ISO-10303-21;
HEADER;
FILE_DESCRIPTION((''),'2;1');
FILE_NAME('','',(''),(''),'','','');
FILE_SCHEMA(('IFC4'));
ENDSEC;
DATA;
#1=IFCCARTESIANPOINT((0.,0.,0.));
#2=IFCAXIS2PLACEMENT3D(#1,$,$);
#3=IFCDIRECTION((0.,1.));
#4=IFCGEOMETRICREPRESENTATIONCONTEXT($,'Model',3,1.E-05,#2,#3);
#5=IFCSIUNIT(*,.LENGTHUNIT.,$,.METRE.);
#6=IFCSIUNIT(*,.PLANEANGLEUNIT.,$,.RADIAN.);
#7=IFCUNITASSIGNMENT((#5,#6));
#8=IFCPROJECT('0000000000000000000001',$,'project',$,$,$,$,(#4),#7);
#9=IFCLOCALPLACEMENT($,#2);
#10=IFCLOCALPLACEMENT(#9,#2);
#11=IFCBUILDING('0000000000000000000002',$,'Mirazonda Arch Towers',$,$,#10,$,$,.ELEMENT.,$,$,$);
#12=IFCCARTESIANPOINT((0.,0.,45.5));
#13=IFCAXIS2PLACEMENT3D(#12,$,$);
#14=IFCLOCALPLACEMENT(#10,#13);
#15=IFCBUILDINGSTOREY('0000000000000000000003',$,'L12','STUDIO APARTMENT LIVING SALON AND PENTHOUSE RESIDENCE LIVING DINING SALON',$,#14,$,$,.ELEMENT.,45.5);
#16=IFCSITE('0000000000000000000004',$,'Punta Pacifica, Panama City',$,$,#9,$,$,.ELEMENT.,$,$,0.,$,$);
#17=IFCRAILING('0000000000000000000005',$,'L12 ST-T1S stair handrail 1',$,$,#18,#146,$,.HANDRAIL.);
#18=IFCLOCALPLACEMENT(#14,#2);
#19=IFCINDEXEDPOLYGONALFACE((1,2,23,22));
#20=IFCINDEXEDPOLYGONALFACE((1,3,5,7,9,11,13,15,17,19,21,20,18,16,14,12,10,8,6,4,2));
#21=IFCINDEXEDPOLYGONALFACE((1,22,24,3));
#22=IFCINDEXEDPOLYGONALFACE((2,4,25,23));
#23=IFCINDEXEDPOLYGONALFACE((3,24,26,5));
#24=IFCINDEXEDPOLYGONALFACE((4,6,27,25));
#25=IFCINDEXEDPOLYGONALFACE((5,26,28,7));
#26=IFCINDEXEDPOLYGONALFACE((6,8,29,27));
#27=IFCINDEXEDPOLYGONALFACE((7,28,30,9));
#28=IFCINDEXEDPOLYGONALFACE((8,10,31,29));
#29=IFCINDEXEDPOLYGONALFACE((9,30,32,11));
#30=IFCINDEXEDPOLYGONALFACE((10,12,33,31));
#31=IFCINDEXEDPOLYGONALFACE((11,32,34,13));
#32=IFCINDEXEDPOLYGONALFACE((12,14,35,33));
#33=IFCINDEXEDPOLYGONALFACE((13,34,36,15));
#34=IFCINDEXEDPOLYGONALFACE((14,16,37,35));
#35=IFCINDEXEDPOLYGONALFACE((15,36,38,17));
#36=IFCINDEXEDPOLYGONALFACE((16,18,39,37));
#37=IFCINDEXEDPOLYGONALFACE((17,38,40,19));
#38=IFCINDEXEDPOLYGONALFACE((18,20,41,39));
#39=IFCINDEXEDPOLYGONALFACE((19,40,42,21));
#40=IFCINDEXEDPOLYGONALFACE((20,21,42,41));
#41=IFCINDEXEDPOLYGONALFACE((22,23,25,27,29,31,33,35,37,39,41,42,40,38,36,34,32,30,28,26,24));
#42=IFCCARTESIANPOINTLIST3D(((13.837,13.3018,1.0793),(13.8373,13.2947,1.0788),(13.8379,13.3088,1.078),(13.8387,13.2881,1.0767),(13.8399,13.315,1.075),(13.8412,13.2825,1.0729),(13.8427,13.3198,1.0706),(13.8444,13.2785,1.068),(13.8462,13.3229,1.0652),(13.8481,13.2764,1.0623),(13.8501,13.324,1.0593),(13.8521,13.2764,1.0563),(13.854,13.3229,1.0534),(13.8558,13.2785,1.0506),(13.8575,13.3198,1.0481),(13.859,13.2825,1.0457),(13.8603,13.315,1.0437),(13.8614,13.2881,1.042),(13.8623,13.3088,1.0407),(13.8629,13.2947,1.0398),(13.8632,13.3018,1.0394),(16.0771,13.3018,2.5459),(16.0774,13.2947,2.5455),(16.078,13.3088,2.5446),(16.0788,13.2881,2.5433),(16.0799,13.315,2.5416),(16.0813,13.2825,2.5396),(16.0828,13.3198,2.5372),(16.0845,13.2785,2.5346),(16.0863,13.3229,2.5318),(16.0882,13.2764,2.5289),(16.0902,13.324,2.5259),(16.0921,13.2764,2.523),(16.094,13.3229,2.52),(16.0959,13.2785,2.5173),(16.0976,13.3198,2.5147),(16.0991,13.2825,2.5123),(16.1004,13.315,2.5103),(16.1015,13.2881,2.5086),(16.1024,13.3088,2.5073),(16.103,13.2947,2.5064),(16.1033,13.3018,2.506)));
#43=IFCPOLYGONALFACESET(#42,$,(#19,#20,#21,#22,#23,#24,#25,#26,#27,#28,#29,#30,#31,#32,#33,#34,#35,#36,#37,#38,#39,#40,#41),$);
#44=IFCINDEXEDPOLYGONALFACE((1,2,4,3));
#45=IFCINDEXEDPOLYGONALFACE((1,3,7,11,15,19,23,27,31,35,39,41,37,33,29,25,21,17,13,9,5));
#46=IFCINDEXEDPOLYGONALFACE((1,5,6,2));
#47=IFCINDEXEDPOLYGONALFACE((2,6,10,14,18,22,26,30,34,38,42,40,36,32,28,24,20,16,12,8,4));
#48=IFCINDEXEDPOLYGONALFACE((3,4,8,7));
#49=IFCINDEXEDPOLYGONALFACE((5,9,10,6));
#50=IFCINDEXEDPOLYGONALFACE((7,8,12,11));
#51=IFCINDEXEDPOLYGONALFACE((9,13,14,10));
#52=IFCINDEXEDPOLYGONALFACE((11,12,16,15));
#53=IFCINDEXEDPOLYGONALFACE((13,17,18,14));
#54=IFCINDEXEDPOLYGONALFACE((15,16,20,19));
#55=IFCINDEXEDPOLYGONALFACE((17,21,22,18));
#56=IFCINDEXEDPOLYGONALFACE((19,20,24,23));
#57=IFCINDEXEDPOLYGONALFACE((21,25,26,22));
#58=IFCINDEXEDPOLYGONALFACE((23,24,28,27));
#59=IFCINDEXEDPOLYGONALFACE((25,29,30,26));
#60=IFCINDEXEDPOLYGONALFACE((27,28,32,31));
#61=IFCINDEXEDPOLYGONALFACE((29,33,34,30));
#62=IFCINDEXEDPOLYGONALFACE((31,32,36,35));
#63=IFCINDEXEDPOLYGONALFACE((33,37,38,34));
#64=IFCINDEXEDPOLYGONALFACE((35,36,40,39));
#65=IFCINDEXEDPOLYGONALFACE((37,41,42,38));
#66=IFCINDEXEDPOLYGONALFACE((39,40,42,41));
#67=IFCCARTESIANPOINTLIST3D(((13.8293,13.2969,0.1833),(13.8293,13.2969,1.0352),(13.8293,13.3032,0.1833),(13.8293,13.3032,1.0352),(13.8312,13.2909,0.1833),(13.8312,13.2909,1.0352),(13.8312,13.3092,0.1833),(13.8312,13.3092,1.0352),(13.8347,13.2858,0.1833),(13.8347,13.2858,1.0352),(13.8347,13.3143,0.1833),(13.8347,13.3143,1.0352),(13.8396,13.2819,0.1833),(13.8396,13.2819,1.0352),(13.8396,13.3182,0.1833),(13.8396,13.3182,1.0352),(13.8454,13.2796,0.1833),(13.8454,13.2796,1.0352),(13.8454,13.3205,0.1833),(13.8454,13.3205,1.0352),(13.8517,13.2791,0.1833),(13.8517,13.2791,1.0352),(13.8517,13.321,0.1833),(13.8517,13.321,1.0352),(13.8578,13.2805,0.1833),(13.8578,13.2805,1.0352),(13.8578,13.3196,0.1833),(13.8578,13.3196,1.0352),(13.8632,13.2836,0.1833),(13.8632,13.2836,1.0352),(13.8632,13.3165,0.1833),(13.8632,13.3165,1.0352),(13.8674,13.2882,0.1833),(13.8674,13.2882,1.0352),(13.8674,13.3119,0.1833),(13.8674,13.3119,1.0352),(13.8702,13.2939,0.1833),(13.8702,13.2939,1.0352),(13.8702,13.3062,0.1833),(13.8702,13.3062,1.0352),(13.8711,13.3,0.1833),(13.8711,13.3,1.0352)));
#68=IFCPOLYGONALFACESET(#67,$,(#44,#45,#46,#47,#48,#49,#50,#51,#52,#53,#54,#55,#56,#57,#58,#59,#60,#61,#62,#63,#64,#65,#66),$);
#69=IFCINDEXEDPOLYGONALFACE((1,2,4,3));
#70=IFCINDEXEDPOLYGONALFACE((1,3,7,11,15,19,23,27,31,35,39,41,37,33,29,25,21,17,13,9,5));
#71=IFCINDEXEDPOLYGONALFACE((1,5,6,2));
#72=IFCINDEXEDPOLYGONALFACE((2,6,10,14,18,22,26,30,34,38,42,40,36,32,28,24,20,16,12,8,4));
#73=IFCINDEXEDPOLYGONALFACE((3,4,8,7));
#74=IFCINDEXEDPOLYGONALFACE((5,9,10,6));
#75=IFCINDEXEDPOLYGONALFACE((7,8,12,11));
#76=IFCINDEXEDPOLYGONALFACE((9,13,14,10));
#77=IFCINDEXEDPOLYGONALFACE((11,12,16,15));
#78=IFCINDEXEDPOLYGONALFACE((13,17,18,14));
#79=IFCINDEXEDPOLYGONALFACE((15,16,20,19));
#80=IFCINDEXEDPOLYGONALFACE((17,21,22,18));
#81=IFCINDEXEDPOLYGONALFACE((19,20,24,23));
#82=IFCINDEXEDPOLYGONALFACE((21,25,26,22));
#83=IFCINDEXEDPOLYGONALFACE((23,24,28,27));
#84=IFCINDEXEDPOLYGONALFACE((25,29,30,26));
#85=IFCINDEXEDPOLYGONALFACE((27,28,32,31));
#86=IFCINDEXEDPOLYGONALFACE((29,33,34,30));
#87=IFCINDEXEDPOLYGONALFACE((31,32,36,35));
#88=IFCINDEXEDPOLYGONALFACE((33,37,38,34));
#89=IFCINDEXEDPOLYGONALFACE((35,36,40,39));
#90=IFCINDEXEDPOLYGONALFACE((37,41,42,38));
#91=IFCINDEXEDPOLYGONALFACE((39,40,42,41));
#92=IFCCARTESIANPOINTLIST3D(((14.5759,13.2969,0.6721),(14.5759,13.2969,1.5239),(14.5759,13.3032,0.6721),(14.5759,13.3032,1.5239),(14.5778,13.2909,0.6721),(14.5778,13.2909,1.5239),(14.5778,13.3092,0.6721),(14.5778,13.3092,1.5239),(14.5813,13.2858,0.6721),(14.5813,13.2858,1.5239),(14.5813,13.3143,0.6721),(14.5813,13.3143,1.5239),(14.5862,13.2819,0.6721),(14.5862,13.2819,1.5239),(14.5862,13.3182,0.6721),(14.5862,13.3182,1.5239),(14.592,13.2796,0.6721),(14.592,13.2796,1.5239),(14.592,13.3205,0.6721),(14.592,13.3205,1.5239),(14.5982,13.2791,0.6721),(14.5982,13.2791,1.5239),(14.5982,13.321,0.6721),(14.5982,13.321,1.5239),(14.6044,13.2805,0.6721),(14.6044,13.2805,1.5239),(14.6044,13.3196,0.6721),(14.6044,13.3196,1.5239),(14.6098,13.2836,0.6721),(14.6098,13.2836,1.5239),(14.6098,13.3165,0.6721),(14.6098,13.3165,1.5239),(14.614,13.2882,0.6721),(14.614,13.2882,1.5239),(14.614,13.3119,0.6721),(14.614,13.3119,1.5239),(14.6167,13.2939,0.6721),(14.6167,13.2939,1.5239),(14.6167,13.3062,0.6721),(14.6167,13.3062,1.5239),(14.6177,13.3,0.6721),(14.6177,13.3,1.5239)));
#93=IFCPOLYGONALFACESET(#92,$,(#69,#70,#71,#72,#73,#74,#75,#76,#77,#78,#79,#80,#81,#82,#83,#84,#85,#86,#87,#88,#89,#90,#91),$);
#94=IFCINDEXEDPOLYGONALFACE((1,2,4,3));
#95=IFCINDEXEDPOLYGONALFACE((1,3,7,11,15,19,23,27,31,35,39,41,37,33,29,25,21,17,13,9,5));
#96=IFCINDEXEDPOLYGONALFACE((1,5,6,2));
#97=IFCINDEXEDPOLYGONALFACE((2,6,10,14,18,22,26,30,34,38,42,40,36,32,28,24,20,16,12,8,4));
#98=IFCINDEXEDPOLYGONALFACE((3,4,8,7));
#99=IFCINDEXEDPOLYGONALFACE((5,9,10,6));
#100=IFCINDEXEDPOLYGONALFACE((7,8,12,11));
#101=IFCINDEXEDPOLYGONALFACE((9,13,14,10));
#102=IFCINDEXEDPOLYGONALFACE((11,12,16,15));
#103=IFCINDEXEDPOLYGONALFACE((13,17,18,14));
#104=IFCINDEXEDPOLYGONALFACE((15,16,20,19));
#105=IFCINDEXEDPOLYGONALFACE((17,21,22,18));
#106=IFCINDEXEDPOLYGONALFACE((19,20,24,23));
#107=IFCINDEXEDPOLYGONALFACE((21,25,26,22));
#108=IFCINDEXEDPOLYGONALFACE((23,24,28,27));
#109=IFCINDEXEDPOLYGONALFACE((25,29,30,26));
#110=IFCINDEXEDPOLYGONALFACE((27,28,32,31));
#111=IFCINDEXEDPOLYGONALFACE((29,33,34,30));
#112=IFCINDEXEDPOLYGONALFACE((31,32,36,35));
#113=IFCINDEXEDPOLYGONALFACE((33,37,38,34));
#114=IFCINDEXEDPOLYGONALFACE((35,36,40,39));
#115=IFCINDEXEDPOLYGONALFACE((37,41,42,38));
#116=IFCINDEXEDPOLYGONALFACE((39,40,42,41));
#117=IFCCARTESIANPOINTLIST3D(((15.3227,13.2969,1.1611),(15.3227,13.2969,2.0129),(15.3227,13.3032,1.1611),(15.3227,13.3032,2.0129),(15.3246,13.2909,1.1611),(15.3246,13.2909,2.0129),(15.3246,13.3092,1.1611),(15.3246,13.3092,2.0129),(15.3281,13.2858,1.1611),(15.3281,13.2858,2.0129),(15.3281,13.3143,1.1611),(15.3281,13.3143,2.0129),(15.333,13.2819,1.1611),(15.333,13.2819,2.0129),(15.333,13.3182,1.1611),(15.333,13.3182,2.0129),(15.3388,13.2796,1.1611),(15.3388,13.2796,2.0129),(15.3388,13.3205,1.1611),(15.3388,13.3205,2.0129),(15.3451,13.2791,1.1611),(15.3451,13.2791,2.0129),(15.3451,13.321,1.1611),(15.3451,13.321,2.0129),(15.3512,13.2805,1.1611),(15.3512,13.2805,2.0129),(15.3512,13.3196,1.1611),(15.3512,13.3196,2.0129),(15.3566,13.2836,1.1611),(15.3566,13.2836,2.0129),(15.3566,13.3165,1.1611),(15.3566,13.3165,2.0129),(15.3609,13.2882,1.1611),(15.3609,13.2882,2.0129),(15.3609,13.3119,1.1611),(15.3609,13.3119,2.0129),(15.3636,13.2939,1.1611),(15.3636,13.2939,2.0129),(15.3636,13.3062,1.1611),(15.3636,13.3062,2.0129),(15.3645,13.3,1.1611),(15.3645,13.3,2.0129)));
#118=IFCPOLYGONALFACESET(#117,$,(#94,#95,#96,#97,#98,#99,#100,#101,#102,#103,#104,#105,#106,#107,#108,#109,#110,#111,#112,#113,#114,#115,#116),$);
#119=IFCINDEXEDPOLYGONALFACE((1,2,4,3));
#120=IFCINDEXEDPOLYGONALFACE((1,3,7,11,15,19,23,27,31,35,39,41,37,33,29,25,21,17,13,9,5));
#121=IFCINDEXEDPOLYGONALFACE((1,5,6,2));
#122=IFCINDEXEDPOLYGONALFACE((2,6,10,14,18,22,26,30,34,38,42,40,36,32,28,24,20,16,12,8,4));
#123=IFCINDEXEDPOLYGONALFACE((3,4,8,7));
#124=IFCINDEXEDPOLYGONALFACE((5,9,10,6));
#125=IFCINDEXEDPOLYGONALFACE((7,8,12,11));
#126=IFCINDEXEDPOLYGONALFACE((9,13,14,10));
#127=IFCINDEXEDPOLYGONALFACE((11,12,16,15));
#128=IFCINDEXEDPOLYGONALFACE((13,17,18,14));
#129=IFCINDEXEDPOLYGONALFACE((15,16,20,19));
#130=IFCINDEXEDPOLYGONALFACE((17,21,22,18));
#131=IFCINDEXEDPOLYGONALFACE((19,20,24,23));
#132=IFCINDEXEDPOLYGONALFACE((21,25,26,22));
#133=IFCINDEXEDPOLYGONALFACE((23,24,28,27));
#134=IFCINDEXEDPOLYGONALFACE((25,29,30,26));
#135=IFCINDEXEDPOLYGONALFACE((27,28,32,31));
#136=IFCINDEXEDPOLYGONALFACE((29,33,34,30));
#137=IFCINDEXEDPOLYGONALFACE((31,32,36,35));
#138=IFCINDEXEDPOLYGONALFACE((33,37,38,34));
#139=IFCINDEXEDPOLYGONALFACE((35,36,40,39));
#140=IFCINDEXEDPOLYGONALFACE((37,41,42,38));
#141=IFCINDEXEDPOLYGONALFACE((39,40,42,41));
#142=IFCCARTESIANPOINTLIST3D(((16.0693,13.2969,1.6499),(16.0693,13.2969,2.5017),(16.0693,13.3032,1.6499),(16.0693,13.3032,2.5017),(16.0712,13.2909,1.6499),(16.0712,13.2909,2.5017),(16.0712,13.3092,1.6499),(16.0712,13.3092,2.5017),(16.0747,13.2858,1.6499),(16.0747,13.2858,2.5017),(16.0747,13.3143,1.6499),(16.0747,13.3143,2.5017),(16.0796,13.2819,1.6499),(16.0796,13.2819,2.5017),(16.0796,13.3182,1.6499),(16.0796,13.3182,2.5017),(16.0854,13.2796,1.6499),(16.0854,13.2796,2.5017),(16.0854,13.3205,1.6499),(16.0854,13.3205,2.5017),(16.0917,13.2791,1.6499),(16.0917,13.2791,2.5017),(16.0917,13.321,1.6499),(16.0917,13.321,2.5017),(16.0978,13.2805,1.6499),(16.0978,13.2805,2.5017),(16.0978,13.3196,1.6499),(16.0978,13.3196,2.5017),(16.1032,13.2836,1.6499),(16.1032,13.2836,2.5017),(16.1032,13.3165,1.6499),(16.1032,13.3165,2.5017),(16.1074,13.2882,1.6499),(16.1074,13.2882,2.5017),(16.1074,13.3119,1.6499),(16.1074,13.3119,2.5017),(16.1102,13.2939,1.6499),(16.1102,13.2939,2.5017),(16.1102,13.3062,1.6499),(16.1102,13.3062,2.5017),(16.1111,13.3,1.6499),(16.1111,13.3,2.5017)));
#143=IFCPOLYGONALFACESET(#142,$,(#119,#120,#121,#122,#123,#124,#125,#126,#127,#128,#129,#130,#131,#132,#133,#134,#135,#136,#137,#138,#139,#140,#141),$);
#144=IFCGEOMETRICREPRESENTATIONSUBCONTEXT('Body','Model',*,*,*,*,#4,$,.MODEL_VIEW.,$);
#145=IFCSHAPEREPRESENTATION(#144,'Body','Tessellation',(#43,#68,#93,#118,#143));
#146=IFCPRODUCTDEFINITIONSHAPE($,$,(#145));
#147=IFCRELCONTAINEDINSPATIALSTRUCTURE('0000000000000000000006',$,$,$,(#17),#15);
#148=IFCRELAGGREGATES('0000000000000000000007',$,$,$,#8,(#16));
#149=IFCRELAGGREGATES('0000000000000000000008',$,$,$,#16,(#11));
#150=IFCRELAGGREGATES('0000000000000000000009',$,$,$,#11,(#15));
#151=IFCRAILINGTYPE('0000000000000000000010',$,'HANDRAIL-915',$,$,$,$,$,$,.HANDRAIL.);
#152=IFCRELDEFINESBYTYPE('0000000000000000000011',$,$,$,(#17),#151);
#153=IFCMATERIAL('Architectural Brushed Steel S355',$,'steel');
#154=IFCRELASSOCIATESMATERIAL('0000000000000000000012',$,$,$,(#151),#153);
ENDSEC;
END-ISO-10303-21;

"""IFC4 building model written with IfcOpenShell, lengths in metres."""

from ifc_helpers import new_model, si_unit, direction, frame, origin, origin_2d, place, context, subcontext, project, spatial, circle, extrude, material, type_object, element, save


model = new_model("IFC4")

# Units and contexts
model_context = context("Model", 3, precision=1e-05, world=origin(), true_north=direction((0.0, 1.0)))
body_context = subcontext(model_context, "Body", "Model", "MODEL_VIEW")
ifc_project = project(units=[si_unit("LENGTHUNIT", "METRE"), si_unit("PLANEANGLEUNIT", "RADIAN")], contexts=[model_context])

# Site, building, storey
site_placement = place(None, origin())
site = spatial("IfcSite", under=ifc_project, at=site_placement, Name="Punta Pacifica, Panama City", CompositionType="ELEMENT", RefElevation=0.0)
building_placement = place(site_placement, origin())
building = spatial("IfcBuilding", under=site, at=building_placement, Name="Mirazonda Arch Towers", CompositionType="ELEMENT")
storey_placement = place(building_placement, frame((0.0, 0.0, 45.5)))
storey = spatial("IfcBuildingStorey", under=building, at=storey_placement, Name="L12", Description="STUDIO APARTMENT LIVING SALON AND PENTHOUSE RESIDENCE LIVING DINING SALON", CompositionType="ELEMENT", Elevation=45.5)

# Shared definitions
ifc_material_1 = material(Name="Architectural Brushed Steel S355", Category="steel")

# Railing
railing_type_1 = type_object("IfcRailingType", Name="HANDRAIL-915", PredefinedType="HANDRAIL", material=ifc_material_1)
railing_1_placement = place(storey_placement, frame((13.8501, 13.3, 0.1833)))
element("IfcRailing", 1, at=railing_1_placement, inside=storey, type_object=railing_type_1, Name="L12 ST-T1S stair handrail 1", PredefinedType="HANDRAIL", context=body_context, shape_type="SweptSolid", body=[
    extrude(circle(Radius=0.0239, at=origin_2d()), frame((0.0, 0.0, 0.876), z_axis=(0.836637, 0.0, 0.547758), x_axis=(0.0, 1.0, 0.0)), (0.0, 0.0, 1.0), 2.6775),
    extrude(circle(Radius=0.021, at=origin_2d()), origin(), (0.0, 0.0, 1.0), 0.8518),
    extrude(circle(Radius=0.021, at=origin_2d()), frame((0.7466, 0.0, 0.4888)), (0.0, 0.0, 1.0), 0.8518),
    extrude(circle(Radius=0.021, at=origin_2d()), frame((1.4934, 0.0, 0.9778)), (0.0, 0.0, 1.0), 0.8518),
    extrude(circle(Radius=0.021, at=origin_2d()), frame((2.24, 0.0, 1.4666)), (0.0, 0.0, 1.0), 0.8518),
])

save(model, "model.ifc")
